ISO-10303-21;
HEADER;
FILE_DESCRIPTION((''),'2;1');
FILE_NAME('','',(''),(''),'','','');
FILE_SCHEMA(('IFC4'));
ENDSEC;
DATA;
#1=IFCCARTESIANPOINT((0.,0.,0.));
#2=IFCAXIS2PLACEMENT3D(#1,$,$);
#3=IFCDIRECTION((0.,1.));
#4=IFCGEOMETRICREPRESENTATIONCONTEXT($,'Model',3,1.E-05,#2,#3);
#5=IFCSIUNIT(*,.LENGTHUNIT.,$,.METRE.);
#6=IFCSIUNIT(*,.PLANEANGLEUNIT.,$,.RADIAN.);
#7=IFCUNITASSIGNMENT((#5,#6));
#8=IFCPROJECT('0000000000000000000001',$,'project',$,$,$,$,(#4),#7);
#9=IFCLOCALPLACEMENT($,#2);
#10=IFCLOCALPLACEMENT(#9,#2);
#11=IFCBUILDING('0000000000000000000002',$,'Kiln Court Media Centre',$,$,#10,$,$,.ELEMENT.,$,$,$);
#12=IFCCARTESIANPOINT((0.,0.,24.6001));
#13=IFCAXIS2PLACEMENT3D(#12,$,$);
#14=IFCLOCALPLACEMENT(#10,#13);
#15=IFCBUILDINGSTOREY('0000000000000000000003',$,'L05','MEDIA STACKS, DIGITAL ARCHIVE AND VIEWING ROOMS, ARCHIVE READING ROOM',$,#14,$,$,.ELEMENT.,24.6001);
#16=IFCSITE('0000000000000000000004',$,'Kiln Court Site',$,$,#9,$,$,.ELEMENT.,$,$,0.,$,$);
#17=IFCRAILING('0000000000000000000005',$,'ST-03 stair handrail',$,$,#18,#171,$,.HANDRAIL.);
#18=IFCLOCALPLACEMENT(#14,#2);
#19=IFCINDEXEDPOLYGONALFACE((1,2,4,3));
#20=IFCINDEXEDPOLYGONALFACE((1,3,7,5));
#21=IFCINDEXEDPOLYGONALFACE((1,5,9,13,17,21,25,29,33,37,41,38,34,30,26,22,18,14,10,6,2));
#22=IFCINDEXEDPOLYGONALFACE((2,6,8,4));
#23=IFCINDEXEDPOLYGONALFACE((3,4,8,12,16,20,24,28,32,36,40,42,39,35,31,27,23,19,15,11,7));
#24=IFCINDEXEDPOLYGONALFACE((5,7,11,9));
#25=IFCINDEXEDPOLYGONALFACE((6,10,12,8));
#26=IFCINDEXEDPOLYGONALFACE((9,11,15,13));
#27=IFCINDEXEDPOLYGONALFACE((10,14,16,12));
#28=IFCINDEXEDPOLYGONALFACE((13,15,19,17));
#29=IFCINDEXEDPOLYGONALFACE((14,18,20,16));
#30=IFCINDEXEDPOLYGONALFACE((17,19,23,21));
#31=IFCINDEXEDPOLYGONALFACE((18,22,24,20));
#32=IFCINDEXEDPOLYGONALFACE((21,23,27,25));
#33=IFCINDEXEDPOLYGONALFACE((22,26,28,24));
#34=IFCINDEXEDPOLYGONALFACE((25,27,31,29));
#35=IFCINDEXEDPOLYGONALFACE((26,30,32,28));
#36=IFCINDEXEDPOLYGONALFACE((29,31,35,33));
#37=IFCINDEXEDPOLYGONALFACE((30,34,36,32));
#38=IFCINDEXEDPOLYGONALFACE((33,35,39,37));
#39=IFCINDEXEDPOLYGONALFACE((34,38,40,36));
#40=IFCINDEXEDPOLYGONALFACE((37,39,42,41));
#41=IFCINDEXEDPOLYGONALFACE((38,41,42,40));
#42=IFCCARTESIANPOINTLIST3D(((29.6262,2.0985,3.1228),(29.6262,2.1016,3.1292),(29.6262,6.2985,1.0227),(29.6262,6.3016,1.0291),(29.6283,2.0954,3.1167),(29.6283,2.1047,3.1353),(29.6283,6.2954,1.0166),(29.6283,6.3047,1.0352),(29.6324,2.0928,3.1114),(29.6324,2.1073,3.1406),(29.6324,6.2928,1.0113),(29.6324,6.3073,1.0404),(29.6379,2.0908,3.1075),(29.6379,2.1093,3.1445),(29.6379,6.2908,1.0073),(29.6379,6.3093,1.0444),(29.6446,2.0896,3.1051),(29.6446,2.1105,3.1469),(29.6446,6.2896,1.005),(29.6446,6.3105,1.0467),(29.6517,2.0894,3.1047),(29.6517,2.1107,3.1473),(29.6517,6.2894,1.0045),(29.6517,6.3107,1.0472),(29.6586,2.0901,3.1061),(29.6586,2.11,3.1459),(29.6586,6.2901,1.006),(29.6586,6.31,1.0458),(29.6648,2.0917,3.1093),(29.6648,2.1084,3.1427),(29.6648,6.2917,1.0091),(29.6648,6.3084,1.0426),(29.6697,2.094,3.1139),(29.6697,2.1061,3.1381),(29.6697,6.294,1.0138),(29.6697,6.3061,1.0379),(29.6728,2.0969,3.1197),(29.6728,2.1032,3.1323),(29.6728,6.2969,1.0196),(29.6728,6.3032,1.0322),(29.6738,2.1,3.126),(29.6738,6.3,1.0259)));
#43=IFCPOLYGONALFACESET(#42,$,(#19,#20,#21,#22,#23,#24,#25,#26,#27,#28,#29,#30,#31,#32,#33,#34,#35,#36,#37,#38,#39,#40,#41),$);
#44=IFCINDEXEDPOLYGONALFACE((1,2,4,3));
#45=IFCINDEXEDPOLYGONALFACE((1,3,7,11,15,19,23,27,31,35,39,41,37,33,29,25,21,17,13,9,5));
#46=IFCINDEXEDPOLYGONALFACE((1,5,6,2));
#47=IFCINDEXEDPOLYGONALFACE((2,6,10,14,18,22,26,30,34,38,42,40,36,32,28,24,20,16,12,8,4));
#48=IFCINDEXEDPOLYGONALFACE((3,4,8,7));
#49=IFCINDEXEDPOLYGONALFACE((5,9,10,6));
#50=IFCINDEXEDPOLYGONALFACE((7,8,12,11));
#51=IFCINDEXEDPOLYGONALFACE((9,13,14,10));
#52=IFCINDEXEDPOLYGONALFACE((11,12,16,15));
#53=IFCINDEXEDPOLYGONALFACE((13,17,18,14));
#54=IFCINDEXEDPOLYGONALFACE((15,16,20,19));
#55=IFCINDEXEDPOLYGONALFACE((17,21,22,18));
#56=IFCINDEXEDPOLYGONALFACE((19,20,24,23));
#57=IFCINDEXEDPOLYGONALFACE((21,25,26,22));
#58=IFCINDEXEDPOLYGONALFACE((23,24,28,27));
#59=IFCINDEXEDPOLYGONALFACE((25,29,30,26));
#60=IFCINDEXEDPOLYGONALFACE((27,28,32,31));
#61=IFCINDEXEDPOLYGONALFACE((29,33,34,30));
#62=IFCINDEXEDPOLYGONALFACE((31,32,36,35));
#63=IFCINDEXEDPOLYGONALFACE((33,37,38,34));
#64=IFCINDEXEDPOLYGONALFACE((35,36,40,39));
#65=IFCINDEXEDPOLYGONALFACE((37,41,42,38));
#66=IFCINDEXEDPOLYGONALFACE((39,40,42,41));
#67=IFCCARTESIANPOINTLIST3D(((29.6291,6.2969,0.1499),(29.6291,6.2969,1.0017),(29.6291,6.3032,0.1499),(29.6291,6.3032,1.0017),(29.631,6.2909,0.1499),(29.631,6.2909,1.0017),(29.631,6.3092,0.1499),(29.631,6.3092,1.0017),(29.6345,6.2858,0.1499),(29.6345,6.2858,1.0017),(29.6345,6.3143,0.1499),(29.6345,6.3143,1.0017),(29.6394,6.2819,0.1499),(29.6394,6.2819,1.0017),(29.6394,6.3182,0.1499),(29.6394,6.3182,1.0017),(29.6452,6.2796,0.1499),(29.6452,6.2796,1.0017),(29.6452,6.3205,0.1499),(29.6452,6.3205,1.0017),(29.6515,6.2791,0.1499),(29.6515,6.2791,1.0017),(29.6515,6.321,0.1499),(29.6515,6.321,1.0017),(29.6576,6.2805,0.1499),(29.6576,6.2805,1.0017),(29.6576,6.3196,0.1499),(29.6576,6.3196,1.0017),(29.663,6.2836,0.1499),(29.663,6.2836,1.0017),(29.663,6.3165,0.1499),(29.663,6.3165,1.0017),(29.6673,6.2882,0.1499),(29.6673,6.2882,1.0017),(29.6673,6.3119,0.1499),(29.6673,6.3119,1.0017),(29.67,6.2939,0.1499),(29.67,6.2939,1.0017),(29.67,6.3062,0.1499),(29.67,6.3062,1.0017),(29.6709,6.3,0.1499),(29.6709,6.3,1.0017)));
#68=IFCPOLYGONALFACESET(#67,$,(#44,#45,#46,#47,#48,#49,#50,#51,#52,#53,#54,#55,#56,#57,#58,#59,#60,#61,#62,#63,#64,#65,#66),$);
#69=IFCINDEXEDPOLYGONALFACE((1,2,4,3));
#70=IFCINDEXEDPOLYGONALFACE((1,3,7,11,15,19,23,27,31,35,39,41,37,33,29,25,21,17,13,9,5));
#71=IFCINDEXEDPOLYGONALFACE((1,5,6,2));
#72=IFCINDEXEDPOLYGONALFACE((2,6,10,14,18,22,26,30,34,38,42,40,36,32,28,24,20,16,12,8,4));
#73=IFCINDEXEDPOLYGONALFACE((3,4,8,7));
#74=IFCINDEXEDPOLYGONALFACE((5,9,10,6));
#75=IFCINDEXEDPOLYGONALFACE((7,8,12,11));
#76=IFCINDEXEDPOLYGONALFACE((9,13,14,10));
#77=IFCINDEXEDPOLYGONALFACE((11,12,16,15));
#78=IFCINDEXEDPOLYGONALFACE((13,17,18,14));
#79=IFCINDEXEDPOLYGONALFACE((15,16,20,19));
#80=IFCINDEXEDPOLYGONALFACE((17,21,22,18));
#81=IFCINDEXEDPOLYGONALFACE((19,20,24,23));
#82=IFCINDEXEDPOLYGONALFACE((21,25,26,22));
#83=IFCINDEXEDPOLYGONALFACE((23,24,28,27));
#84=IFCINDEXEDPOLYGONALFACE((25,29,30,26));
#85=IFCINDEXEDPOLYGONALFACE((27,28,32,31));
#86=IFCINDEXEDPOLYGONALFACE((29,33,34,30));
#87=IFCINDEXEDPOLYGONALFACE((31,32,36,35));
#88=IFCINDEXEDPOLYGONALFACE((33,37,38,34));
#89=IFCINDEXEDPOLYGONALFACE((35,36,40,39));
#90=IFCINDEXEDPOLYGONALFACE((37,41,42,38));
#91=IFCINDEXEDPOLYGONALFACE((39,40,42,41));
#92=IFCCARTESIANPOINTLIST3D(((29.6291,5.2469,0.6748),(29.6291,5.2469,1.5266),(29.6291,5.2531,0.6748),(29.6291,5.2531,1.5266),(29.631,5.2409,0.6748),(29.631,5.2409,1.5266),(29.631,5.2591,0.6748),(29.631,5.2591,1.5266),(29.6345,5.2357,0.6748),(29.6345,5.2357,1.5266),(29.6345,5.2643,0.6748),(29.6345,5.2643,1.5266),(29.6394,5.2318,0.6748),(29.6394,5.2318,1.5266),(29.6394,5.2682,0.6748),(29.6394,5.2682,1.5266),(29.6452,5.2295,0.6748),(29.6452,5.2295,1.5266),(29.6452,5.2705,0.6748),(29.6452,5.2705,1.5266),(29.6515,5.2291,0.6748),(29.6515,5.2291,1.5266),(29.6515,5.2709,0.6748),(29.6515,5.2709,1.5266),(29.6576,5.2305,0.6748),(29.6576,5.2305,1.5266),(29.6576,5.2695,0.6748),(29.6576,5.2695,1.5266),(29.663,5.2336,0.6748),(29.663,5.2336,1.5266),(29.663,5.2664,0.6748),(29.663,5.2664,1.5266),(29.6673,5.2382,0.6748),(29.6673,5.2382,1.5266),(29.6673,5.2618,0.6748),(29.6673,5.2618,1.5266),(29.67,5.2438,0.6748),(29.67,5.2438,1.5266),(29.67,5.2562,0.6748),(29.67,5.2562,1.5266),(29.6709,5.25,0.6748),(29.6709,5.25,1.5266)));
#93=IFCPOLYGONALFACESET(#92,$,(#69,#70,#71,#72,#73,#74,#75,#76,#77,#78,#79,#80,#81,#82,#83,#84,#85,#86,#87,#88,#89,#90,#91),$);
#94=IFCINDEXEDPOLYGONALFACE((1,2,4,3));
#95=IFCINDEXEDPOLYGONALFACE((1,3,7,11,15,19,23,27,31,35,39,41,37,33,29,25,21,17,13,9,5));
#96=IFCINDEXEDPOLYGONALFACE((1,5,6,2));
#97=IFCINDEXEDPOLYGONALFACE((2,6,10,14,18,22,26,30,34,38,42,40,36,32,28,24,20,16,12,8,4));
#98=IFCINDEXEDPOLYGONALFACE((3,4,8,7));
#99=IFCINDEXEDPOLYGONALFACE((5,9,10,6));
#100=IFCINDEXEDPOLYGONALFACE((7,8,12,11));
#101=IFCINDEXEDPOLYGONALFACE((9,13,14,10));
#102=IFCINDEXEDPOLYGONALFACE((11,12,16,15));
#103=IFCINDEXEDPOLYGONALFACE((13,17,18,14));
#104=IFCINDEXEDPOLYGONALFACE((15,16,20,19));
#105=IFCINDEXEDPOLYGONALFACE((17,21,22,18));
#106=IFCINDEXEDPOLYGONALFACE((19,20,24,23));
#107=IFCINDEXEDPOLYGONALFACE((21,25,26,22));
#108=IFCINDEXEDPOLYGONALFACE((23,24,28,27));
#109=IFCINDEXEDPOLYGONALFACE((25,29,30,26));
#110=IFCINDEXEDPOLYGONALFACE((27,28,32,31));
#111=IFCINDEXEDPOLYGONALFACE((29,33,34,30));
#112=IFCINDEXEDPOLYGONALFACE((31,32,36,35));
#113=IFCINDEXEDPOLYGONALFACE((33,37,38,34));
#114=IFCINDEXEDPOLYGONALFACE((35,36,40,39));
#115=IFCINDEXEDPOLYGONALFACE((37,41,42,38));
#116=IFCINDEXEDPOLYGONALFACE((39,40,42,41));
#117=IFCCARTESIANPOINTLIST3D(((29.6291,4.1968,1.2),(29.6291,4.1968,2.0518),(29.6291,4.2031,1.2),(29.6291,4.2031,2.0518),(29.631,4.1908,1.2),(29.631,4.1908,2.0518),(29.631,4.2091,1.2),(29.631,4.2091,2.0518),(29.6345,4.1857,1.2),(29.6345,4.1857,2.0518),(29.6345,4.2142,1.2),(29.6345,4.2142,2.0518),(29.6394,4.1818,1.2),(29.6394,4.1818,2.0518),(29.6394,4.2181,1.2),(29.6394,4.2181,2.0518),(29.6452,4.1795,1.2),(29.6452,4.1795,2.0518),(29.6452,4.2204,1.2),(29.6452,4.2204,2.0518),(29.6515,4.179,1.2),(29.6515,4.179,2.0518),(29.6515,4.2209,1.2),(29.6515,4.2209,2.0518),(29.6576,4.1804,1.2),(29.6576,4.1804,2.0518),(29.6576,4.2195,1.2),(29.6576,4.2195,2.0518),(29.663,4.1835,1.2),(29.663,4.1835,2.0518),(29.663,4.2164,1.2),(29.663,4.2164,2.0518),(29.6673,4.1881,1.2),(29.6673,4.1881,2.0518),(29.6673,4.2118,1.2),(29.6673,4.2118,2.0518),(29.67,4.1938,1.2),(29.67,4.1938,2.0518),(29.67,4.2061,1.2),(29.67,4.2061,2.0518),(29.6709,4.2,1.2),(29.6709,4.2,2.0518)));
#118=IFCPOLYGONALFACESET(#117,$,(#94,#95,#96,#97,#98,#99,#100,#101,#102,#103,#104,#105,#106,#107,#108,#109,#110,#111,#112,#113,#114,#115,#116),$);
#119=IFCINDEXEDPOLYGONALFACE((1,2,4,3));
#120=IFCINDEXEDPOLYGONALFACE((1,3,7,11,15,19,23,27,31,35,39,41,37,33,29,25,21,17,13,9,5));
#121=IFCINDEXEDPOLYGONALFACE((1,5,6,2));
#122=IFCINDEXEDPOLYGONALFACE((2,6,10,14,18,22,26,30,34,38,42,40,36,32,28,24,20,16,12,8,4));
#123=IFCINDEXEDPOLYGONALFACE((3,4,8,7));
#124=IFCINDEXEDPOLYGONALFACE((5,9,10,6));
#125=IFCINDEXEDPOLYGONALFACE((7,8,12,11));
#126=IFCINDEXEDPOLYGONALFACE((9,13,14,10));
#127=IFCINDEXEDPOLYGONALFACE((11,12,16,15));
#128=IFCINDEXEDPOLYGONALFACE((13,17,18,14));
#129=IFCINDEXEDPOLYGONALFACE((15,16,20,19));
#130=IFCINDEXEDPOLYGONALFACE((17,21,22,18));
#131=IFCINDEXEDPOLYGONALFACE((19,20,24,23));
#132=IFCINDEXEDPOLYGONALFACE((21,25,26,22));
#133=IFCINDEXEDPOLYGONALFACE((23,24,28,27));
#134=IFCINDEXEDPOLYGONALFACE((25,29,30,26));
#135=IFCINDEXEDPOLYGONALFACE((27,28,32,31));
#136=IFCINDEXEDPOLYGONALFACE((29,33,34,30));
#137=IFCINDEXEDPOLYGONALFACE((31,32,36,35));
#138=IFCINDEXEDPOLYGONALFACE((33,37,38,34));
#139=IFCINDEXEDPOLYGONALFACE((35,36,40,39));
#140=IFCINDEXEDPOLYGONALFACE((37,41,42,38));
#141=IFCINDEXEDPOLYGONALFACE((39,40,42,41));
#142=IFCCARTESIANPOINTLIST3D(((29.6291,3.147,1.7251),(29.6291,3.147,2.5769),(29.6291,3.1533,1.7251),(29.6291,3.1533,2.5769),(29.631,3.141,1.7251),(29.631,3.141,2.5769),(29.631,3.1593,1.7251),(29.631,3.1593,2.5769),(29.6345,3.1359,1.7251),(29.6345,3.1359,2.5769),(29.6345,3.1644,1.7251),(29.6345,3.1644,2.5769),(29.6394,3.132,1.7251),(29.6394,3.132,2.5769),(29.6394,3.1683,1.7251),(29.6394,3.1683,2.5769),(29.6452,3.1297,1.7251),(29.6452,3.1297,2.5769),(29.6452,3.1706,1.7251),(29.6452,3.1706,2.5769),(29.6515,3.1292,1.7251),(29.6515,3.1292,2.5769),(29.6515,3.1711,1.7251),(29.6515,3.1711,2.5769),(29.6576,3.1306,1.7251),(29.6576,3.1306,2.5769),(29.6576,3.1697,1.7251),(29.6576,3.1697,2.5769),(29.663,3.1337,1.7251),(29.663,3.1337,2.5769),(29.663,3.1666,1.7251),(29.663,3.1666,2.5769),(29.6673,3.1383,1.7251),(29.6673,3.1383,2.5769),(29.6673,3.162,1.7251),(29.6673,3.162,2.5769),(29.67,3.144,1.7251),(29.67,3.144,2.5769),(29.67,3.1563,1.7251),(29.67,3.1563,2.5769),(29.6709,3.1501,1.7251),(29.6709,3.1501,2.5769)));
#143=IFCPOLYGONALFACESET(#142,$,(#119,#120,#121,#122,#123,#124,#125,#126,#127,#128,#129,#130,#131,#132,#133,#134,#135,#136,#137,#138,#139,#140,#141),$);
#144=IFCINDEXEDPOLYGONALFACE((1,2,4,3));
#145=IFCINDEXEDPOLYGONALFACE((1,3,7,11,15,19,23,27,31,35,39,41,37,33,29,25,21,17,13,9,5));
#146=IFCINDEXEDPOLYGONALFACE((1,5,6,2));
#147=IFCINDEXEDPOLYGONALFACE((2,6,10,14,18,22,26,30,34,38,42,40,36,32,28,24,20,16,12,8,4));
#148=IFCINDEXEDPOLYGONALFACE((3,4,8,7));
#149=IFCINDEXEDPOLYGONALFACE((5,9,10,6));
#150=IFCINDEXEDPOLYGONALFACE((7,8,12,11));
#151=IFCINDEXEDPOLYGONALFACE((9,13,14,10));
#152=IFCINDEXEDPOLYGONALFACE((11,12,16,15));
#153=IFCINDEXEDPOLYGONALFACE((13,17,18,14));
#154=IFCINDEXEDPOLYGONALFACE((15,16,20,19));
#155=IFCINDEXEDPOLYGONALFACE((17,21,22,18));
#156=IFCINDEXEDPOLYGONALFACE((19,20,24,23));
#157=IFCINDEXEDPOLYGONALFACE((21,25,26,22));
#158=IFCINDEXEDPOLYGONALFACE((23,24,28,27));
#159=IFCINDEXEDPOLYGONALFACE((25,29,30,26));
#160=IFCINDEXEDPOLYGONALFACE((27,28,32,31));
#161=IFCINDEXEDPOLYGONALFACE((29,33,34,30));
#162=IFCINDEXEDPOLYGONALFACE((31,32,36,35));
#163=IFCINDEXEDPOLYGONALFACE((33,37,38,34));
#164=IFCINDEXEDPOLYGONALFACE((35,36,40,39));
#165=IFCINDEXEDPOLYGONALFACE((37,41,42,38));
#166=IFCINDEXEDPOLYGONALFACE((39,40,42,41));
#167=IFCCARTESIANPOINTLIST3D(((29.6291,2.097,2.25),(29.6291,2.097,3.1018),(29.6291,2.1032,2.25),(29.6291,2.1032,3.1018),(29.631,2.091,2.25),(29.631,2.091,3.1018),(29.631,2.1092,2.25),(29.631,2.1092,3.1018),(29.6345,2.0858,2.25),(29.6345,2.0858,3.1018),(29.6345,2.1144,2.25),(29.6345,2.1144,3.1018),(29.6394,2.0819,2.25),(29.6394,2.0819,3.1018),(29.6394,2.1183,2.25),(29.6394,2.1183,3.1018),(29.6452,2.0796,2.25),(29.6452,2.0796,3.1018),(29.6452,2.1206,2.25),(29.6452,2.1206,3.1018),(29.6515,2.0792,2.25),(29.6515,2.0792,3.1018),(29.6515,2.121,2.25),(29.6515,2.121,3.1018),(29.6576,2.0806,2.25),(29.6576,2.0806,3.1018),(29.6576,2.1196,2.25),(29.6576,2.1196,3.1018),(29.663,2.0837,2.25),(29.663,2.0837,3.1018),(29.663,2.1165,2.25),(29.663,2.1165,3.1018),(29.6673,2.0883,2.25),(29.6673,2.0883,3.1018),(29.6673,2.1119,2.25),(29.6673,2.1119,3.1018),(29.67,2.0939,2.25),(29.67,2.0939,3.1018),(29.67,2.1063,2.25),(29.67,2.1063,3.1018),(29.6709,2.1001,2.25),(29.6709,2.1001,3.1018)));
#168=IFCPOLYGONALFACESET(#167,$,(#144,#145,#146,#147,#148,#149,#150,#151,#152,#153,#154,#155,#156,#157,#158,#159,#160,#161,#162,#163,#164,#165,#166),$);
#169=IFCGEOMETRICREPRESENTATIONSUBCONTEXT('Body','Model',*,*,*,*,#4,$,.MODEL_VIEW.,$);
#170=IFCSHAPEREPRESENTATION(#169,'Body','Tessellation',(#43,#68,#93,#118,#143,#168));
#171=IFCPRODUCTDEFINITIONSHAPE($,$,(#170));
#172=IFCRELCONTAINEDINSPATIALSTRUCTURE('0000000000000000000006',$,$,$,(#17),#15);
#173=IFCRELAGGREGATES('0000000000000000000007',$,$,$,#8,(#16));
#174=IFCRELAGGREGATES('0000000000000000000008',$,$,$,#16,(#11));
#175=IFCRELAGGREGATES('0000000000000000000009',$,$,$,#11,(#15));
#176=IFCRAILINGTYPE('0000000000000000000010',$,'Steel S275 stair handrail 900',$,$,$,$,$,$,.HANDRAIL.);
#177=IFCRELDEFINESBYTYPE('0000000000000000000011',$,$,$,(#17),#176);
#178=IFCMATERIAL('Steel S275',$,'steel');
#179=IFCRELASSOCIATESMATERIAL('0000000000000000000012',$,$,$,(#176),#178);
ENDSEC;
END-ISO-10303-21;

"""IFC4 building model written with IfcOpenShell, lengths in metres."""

from ifc_helpers import new_model, si_unit, direction, frame, origin, origin_2d, place, context, subcontext, project, spatial, circle, extrude, material, type_object, element, save


model = new_model("IFC4")

# Units and contexts
model_context = context("Model", 3, precision=1e-05, world=origin(), true_north=direction((0.0, 1.0)))
body_context = subcontext(model_context, "Body", "Model", "MODEL_VIEW")
ifc_project = project(units=[si_unit("LENGTHUNIT", "METRE"), si_unit("PLANEANGLEUNIT", "RADIAN")], contexts=[model_context])

# Site, building, storey
site_placement = place(None, origin())
site = spatial("IfcSite", under=ifc_project, at=site_placement, Name="Kiln Court Site", CompositionType="ELEMENT", RefElevation=0.0)
building_placement = place(site_placement, origin())
building = spatial("IfcBuilding", under=site, at=building_placement, Name="Kiln Court Media Centre", CompositionType="ELEMENT")
storey_placement = place(building_placement, frame((0.0, 0.0, 24.6001)))
storey = spatial("IfcBuildingStorey", under=building, at=storey_placement, Name="L05", Description="MEDIA STACKS, DIGITAL ARCHIVE AND VIEWING ROOMS, ARCHIVE READING ROOM", CompositionType="ELEMENT", Elevation=24.6001)

# Railing
ifc_material_1 = material(Name="Steel S275", Category="steel")
railing_type_1 = type_object("IfcRailingType", Name="Steel S275 stair handrail 900", PredefinedType="HANDRAIL", material=ifc_material_1)
railing_1_placement = place(storey_placement, frame((29.6499, 6.3, 0.1499)))
element("IfcRailing", 1, at=railing_1_placement, inside=storey, type_object=railing_type_1, Name="ST-03 stair handrail", PredefinedType="HANDRAIL", context=body_context, shape_type="SweptSolid", body=[
    extrude(circle(Radius=0.0239, at=origin_2d()), frame((0.0, 0.0, 0.876), z_axis=(0.0, -0.894417, 0.447234), x_axis=(1.0, 0.0, 0.0)), (0.0, 0.0, 1.0), 4.6958),
    extrude(circle(Radius=0.021, at=origin_2d()), origin(), (0.0, 0.0, 1.0), 0.8518),
    extrude(circle(Radius=0.021, at=origin_2d()), frame((0.0, -1.05, 0.5249)), (0.0, 0.0, 1.0), 0.8518),
    extrude(circle(Radius=0.021, at=origin_2d()), frame((0.0, -2.1001, 1.05)), (0.0, 0.0, 1.0), 0.8518),
    extrude(circle(Radius=0.021, at=origin_2d()), frame((0.0, -3.1499, 1.5752)), (0.0, 0.0, 1.0), 0.8518),
    extrude(circle(Radius=0.021, at=origin_2d()), frame((0.0, -4.2, 2.1001)), (0.0, 0.0, 1.0), 0.8518),
])

save(model, "model.ifc")
